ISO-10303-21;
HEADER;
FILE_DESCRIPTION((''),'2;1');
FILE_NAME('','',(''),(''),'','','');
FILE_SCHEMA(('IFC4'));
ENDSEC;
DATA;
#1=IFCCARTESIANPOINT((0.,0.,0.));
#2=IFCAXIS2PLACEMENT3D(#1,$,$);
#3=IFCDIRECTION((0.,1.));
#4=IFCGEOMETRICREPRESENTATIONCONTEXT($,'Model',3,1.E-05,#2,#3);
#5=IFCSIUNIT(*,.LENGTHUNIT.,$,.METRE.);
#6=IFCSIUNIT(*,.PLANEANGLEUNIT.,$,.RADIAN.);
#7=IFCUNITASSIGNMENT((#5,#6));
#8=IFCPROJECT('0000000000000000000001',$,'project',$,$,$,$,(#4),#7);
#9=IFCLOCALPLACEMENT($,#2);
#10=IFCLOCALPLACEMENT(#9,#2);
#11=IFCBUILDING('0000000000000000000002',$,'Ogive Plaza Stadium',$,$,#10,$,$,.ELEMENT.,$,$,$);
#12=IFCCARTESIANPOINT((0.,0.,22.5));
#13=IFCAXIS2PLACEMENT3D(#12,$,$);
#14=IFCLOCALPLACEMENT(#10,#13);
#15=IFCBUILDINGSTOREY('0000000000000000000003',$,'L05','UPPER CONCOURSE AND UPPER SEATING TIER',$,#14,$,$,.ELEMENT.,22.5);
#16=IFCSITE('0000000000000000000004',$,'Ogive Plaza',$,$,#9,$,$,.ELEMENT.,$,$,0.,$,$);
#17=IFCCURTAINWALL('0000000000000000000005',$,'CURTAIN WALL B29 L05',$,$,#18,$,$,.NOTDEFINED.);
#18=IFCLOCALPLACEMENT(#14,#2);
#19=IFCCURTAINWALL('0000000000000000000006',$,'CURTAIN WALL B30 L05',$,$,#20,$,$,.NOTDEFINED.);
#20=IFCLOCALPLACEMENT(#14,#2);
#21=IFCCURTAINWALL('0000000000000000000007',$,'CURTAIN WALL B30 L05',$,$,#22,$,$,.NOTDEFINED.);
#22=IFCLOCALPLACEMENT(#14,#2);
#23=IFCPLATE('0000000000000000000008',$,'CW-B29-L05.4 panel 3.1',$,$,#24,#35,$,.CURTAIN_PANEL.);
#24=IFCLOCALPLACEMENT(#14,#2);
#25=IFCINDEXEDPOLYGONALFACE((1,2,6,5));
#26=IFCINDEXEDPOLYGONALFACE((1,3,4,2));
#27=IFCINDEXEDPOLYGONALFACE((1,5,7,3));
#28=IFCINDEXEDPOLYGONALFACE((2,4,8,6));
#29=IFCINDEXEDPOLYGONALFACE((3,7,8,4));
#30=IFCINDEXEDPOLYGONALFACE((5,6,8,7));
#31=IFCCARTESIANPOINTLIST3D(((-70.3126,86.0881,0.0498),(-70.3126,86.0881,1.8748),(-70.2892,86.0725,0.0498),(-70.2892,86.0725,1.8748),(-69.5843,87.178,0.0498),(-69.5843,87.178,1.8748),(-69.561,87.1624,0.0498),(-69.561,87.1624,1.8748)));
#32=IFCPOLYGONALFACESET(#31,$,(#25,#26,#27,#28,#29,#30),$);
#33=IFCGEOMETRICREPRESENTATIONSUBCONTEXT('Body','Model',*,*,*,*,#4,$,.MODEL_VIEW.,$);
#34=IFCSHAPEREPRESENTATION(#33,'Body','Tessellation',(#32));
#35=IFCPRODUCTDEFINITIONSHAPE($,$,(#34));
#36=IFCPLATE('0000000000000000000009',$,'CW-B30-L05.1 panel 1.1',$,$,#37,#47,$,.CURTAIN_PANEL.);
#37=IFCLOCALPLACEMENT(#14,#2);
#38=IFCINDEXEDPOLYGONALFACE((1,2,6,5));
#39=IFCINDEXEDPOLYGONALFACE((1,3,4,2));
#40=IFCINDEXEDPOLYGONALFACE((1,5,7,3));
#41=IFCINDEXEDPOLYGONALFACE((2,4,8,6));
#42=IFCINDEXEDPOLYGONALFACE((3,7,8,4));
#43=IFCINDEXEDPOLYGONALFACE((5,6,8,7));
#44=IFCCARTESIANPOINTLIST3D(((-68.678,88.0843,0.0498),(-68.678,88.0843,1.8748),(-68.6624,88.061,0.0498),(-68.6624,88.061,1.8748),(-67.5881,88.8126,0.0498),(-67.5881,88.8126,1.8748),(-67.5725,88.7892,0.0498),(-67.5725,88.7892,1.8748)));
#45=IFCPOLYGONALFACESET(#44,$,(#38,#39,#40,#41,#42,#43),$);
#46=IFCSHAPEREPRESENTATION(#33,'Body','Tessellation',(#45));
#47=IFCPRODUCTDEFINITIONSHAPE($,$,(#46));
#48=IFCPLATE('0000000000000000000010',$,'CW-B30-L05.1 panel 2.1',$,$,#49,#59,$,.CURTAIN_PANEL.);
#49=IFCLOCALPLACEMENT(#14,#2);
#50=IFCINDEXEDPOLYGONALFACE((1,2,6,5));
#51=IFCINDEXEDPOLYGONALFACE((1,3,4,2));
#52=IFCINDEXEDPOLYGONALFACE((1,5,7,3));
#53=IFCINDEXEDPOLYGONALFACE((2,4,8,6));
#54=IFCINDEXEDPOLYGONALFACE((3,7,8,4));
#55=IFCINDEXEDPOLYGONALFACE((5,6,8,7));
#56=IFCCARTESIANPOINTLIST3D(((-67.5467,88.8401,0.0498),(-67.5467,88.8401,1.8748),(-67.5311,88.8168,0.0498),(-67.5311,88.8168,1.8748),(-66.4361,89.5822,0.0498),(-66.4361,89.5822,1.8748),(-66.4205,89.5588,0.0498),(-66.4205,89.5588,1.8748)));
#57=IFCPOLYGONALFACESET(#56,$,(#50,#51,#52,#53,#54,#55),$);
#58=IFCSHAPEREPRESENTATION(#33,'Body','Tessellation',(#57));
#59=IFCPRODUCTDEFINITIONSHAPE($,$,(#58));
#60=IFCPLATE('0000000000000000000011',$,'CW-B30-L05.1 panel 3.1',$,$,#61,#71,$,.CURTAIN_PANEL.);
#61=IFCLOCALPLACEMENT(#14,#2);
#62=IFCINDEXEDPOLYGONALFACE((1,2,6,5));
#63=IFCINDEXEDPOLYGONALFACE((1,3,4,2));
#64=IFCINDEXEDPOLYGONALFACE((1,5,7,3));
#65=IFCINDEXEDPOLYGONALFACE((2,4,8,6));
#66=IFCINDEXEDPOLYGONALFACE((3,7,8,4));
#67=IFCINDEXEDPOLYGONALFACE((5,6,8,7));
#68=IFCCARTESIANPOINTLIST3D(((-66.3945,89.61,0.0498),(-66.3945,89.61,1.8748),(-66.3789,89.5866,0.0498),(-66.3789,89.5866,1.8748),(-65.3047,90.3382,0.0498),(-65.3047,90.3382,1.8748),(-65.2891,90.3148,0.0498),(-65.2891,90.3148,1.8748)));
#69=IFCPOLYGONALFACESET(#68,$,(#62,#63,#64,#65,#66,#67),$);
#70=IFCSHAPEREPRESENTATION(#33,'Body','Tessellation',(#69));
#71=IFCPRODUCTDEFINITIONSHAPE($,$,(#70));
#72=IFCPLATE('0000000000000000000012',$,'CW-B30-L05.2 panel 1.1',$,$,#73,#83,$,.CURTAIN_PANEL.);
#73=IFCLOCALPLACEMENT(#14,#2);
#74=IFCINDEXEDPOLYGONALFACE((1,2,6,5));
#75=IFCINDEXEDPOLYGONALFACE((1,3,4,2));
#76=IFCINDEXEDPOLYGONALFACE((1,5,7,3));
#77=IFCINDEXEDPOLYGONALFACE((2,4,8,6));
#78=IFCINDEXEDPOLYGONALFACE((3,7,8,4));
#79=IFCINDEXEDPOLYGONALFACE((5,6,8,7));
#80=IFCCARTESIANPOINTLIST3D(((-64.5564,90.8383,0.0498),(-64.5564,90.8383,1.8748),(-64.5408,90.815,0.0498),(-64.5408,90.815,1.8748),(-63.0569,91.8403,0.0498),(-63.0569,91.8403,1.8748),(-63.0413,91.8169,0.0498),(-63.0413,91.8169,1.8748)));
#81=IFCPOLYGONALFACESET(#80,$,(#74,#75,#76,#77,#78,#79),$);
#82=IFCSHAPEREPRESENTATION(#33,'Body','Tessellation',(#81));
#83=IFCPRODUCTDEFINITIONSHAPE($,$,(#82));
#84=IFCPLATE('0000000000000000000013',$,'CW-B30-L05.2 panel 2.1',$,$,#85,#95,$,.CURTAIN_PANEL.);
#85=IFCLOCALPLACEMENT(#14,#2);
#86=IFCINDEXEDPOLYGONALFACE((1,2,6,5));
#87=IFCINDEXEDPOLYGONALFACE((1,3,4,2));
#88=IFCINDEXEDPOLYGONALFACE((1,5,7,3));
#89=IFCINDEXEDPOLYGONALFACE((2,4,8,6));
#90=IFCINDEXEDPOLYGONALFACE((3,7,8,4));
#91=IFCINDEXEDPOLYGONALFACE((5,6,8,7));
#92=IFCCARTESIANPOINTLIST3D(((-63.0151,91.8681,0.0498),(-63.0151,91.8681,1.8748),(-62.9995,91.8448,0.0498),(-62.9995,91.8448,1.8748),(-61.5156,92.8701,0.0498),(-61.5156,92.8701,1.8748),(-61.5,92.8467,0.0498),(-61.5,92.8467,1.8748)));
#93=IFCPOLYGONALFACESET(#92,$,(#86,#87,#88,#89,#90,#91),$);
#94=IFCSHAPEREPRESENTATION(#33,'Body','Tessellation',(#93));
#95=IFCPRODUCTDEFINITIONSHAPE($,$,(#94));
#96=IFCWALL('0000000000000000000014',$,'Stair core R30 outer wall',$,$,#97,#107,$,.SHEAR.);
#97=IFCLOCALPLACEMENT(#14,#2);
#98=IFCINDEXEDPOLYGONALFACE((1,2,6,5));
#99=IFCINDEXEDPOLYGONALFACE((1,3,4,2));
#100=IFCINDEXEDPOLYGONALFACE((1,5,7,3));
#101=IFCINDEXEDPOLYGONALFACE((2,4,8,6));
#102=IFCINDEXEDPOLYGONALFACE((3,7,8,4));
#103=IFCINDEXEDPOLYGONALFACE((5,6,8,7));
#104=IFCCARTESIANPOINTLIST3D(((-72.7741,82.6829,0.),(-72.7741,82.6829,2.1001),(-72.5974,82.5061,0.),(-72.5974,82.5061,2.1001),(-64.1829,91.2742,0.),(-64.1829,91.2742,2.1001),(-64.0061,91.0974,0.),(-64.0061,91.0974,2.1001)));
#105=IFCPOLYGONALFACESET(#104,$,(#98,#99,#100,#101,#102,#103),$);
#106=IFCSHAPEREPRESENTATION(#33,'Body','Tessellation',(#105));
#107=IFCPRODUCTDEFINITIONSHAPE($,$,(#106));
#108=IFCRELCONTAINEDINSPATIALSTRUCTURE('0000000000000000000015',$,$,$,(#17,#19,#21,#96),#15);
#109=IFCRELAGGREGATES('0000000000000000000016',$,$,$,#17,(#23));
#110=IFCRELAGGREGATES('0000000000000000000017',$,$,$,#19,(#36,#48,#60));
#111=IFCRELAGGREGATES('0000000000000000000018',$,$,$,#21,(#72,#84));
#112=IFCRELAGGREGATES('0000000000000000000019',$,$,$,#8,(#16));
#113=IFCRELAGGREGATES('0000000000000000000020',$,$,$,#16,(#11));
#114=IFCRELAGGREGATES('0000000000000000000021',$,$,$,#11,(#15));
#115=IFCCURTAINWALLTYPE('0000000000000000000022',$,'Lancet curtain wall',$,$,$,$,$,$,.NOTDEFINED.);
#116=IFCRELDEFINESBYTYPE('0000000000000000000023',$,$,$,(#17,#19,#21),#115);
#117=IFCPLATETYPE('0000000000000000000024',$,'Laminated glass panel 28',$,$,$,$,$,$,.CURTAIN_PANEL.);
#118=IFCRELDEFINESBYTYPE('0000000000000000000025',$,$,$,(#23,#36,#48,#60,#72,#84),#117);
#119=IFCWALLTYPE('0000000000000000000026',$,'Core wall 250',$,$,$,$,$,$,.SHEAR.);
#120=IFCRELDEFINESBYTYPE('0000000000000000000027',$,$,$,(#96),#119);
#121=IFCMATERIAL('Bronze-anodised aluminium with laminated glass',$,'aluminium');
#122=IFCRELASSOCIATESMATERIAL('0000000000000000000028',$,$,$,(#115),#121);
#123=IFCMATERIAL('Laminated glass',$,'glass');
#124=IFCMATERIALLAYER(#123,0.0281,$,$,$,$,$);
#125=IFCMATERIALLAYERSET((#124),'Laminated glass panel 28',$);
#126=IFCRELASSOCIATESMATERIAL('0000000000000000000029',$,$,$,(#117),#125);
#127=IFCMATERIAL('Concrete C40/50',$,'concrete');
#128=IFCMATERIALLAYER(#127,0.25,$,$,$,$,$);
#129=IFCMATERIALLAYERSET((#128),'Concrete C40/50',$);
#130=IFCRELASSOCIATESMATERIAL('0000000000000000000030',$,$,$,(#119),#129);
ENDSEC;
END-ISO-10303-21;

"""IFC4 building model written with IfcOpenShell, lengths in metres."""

from ifc_helpers import new_model, si_unit, direction, frame, frame_2d, origin, origin_2d, place, context, subcontext, project, spatial, rectangle, extrude, material, layer, layer_set, type_object, element, aggregate, save


model = new_model("IFC4")

# Units and contexts
model_context = context("Model", 3, precision=1e-05, world=origin(), true_north=direction((0.0, 1.0)))
body_context = subcontext(model_context, "Body", "Model", "MODEL_VIEW")
ifc_project = project(units=[si_unit("LENGTHUNIT", "METRE"), si_unit("PLANEANGLEUNIT", "RADIAN")], contexts=[model_context])

# Site, building, storey
site_placement = place(None, origin())
site = spatial("IfcSite", under=ifc_project, at=site_placement, Name="Ogive Plaza", CompositionType="ELEMENT", RefElevation=0.0)
building_placement = place(site_placement, origin())
building = spatial("IfcBuilding", under=site, at=building_placement, Name="Ogive Plaza Stadium", CompositionType="ELEMENT")
storey_placement = place(building_placement, frame((0.0, 0.0, 22.5)))
storey = spatial("IfcBuildingStorey", under=building, at=storey_placement, Name="L05", Description="UPPER CONCOURSE AND UPPER SEATING TIER", CompositionType="ELEMENT", Elevation=22.5)

# Curtain walls
ifc_material_1 = material(Name="Bronze-anodised aluminium with laminated glass", Category="aluminium")
curtain_wall_type = type_object("IfcCurtainWallType", Name="Lancet curtain wall", PredefinedType="NOTDEFINED", material=ifc_material_1)
curtain_wall_1_placement = place(storey_placement, origin())
curtain_wall_1 = element("IfcCurtainWall", 1, at=curtain_wall_1_placement, inside=storey, type_object=curtain_wall_type, Name="CURTAIN WALL B29 L05", PredefinedType="NOTDEFINED")
curtain_wall_2_placement = place(storey_placement, origin())
curtain_wall_2 = element("IfcCurtainWall", 2, at=curtain_wall_2_placement, inside=storey, type_object=curtain_wall_type, Name="CURTAIN WALL B30 L05", PredefinedType="NOTDEFINED")
curtain_wall_3_placement = place(storey_placement, origin())
curtain_wall_3 = element("IfcCurtainWall", 3, at=curtain_wall_3_placement, inside=storey, type_object=curtain_wall_type, Name="CURTAIN WALL B30 L05", PredefinedType="NOTDEFINED")

# Plates
ifc_material_2 = material(Name="Laminated glass", Category="glass")
ifc_layer_1 = layer(ifc_material_2, 0.0281)
ifc_layer_set_1 = layer_set([ifc_layer_1], Name="Laminated glass panel 28")
plate_type = type_object("IfcPlateType", Name="Laminated glass panel 28", PredefinedType="CURTAIN_PANEL", material=ifc_layer_set_1)
plate_1_placement = place(storey_placement, frame((-69.9368, 86.6252, 0.0498), z_axis=(0.0, 0.0, 1.0), x_axis=(0.55557, 0.83147, 0.0)))
plate_1 = element("IfcPlate", 4, at=plate_1_placement, type_object=plate_type, Name="CW-B29-L05.4 panel 3.1", PredefinedType="CURTAIN_PANEL", context=body_context, shape_type="SweptSolid", body=[
    extrude(rectangle(XDim=1.3108, YDim=0.0281, at=origin_2d()), origin(), (0.0, 0.0, 1.0), 1.825),
])
aggregate(curtain_wall_1, [plate_1])
plate_2_placement = place(storey_placement, frame((-68.1252, 88.4368, 0.0498), z_axis=(0.0, 0.0, 1.0), x_axis=(0.83147, 0.55557, 0.0)))
plate_2 = element("IfcPlate", 5, at=plate_2_placement, type_object=plate_type, Name="CW-B30-L05.1 panel 1.1", PredefinedType="CURTAIN_PANEL", context=body_context, shape_type="SweptSolid", body=[
    extrude(rectangle(XDim=1.3108, YDim=0.0281, at=origin_2d()), origin(), (0.0, 0.0, 1.0), 1.825),
])
plate_3_placement = place(storey_placement, frame((-66.9836, 89.1995, 0.0498), z_axis=(0.0, 0.0, 1.0), x_axis=(0.83147, 0.55557, 0.0)))
plate_3 = element("IfcPlate", 6, at=plate_3_placement, type_object=plate_type, Name="CW-B30-L05.1 panel 2.1", PredefinedType="CURTAIN_PANEL", context=body_context, shape_type="SweptSolid", body=[
    extrude(rectangle(XDim=1.3357, YDim=0.0281, at=origin_2d()), origin(), (0.0, 0.0, 1.0), 1.825),
])
plate_4_placement = place(storey_placement, frame((-65.8418, 89.9624, 0.0498), z_axis=(0.0, 0.0, 1.0), x_axis=(0.83147, 0.55557, 0.0)))
plate_4 = element("IfcPlate", 7, at=plate_4_placement, type_object=plate_type, Name="CW-B30-L05.1 panel 3.1", PredefinedType="CURTAIN_PANEL", context=body_context, shape_type="SweptSolid", body=[
    extrude(rectangle(XDim=1.3108, YDim=0.0281, at=origin_2d()), origin(), (0.0, 0.0, 1.0), 1.825),
])
aggregate(curtain_wall_2, [plate_2, plate_3, plate_4])
plate_5_placement = place(storey_placement, frame((-63.7988, 91.3276, 0.0498), z_axis=(0.0, 0.0, 1.0), x_axis=(0.83147, 0.55557, 0.0)))
plate_5 = element("IfcPlate", 8, at=plate_5_placement, type_object=plate_type, Name="CW-B30-L05.2 panel 1.1", PredefinedType="CURTAIN_PANEL", context=body_context, shape_type="SweptSolid", body=[
    extrude(rectangle(XDim=1.8035, YDim=0.0281, at=origin_2d()), origin(), (0.0, 0.0, 1.0), 1.825),
])
plate_6_placement = place(storey_placement, frame((-62.2576, 92.3574, 0.0498), z_axis=(0.0, 0.0, 1.0), x_axis=(0.83147, 0.55557, 0.0)))
plate_6 = element("IfcPlate", 9, at=plate_6_placement, type_object=plate_type, Name="CW-B30-L05.2 panel 2.1", PredefinedType="CURTAIN_PANEL", context=body_context, shape_type="SweptSolid", body=[
    extrude(rectangle(XDim=1.8035, YDim=0.0281, at=origin_2d()), origin(), (0.0, 0.0, 1.0), 1.825),
])
aggregate(curtain_wall_3, [plate_5, plate_6])

# Wall
ifc_material_3 = material(Name="Concrete C40/50", Category="concrete")
ifc_layer_2 = layer(ifc_material_3, 0.25)
ifc_layer_set_2 = layer_set([ifc_layer_2], Name="Concrete C40/50")
wall_type = type_object("IfcWallType", Name="Core wall 250", PredefinedType="SHEAR", material=ifc_layer_set_2)
wall_placement = place(storey_placement, frame((-64.0945, 91.1858, 0.0), z_axis=(0.0, 0.0, 1.0), x_axis=(-0.707107, -0.707107, 0.0)))
element("IfcWall", 10, at=wall_placement, inside=storey, type_object=wall_type, Name="Stair core R30 outer wall", PredefinedType="SHEAR", context=body_context, shape_type="SweptSolid", body=[
    extrude(rectangle(XDim=12.1499, YDim=0.25, at=frame_2d((6.075, 0.0))), origin(), (0.0, 0.0, 1.0), 2.1001),
])

save(model, "model.ifc")
